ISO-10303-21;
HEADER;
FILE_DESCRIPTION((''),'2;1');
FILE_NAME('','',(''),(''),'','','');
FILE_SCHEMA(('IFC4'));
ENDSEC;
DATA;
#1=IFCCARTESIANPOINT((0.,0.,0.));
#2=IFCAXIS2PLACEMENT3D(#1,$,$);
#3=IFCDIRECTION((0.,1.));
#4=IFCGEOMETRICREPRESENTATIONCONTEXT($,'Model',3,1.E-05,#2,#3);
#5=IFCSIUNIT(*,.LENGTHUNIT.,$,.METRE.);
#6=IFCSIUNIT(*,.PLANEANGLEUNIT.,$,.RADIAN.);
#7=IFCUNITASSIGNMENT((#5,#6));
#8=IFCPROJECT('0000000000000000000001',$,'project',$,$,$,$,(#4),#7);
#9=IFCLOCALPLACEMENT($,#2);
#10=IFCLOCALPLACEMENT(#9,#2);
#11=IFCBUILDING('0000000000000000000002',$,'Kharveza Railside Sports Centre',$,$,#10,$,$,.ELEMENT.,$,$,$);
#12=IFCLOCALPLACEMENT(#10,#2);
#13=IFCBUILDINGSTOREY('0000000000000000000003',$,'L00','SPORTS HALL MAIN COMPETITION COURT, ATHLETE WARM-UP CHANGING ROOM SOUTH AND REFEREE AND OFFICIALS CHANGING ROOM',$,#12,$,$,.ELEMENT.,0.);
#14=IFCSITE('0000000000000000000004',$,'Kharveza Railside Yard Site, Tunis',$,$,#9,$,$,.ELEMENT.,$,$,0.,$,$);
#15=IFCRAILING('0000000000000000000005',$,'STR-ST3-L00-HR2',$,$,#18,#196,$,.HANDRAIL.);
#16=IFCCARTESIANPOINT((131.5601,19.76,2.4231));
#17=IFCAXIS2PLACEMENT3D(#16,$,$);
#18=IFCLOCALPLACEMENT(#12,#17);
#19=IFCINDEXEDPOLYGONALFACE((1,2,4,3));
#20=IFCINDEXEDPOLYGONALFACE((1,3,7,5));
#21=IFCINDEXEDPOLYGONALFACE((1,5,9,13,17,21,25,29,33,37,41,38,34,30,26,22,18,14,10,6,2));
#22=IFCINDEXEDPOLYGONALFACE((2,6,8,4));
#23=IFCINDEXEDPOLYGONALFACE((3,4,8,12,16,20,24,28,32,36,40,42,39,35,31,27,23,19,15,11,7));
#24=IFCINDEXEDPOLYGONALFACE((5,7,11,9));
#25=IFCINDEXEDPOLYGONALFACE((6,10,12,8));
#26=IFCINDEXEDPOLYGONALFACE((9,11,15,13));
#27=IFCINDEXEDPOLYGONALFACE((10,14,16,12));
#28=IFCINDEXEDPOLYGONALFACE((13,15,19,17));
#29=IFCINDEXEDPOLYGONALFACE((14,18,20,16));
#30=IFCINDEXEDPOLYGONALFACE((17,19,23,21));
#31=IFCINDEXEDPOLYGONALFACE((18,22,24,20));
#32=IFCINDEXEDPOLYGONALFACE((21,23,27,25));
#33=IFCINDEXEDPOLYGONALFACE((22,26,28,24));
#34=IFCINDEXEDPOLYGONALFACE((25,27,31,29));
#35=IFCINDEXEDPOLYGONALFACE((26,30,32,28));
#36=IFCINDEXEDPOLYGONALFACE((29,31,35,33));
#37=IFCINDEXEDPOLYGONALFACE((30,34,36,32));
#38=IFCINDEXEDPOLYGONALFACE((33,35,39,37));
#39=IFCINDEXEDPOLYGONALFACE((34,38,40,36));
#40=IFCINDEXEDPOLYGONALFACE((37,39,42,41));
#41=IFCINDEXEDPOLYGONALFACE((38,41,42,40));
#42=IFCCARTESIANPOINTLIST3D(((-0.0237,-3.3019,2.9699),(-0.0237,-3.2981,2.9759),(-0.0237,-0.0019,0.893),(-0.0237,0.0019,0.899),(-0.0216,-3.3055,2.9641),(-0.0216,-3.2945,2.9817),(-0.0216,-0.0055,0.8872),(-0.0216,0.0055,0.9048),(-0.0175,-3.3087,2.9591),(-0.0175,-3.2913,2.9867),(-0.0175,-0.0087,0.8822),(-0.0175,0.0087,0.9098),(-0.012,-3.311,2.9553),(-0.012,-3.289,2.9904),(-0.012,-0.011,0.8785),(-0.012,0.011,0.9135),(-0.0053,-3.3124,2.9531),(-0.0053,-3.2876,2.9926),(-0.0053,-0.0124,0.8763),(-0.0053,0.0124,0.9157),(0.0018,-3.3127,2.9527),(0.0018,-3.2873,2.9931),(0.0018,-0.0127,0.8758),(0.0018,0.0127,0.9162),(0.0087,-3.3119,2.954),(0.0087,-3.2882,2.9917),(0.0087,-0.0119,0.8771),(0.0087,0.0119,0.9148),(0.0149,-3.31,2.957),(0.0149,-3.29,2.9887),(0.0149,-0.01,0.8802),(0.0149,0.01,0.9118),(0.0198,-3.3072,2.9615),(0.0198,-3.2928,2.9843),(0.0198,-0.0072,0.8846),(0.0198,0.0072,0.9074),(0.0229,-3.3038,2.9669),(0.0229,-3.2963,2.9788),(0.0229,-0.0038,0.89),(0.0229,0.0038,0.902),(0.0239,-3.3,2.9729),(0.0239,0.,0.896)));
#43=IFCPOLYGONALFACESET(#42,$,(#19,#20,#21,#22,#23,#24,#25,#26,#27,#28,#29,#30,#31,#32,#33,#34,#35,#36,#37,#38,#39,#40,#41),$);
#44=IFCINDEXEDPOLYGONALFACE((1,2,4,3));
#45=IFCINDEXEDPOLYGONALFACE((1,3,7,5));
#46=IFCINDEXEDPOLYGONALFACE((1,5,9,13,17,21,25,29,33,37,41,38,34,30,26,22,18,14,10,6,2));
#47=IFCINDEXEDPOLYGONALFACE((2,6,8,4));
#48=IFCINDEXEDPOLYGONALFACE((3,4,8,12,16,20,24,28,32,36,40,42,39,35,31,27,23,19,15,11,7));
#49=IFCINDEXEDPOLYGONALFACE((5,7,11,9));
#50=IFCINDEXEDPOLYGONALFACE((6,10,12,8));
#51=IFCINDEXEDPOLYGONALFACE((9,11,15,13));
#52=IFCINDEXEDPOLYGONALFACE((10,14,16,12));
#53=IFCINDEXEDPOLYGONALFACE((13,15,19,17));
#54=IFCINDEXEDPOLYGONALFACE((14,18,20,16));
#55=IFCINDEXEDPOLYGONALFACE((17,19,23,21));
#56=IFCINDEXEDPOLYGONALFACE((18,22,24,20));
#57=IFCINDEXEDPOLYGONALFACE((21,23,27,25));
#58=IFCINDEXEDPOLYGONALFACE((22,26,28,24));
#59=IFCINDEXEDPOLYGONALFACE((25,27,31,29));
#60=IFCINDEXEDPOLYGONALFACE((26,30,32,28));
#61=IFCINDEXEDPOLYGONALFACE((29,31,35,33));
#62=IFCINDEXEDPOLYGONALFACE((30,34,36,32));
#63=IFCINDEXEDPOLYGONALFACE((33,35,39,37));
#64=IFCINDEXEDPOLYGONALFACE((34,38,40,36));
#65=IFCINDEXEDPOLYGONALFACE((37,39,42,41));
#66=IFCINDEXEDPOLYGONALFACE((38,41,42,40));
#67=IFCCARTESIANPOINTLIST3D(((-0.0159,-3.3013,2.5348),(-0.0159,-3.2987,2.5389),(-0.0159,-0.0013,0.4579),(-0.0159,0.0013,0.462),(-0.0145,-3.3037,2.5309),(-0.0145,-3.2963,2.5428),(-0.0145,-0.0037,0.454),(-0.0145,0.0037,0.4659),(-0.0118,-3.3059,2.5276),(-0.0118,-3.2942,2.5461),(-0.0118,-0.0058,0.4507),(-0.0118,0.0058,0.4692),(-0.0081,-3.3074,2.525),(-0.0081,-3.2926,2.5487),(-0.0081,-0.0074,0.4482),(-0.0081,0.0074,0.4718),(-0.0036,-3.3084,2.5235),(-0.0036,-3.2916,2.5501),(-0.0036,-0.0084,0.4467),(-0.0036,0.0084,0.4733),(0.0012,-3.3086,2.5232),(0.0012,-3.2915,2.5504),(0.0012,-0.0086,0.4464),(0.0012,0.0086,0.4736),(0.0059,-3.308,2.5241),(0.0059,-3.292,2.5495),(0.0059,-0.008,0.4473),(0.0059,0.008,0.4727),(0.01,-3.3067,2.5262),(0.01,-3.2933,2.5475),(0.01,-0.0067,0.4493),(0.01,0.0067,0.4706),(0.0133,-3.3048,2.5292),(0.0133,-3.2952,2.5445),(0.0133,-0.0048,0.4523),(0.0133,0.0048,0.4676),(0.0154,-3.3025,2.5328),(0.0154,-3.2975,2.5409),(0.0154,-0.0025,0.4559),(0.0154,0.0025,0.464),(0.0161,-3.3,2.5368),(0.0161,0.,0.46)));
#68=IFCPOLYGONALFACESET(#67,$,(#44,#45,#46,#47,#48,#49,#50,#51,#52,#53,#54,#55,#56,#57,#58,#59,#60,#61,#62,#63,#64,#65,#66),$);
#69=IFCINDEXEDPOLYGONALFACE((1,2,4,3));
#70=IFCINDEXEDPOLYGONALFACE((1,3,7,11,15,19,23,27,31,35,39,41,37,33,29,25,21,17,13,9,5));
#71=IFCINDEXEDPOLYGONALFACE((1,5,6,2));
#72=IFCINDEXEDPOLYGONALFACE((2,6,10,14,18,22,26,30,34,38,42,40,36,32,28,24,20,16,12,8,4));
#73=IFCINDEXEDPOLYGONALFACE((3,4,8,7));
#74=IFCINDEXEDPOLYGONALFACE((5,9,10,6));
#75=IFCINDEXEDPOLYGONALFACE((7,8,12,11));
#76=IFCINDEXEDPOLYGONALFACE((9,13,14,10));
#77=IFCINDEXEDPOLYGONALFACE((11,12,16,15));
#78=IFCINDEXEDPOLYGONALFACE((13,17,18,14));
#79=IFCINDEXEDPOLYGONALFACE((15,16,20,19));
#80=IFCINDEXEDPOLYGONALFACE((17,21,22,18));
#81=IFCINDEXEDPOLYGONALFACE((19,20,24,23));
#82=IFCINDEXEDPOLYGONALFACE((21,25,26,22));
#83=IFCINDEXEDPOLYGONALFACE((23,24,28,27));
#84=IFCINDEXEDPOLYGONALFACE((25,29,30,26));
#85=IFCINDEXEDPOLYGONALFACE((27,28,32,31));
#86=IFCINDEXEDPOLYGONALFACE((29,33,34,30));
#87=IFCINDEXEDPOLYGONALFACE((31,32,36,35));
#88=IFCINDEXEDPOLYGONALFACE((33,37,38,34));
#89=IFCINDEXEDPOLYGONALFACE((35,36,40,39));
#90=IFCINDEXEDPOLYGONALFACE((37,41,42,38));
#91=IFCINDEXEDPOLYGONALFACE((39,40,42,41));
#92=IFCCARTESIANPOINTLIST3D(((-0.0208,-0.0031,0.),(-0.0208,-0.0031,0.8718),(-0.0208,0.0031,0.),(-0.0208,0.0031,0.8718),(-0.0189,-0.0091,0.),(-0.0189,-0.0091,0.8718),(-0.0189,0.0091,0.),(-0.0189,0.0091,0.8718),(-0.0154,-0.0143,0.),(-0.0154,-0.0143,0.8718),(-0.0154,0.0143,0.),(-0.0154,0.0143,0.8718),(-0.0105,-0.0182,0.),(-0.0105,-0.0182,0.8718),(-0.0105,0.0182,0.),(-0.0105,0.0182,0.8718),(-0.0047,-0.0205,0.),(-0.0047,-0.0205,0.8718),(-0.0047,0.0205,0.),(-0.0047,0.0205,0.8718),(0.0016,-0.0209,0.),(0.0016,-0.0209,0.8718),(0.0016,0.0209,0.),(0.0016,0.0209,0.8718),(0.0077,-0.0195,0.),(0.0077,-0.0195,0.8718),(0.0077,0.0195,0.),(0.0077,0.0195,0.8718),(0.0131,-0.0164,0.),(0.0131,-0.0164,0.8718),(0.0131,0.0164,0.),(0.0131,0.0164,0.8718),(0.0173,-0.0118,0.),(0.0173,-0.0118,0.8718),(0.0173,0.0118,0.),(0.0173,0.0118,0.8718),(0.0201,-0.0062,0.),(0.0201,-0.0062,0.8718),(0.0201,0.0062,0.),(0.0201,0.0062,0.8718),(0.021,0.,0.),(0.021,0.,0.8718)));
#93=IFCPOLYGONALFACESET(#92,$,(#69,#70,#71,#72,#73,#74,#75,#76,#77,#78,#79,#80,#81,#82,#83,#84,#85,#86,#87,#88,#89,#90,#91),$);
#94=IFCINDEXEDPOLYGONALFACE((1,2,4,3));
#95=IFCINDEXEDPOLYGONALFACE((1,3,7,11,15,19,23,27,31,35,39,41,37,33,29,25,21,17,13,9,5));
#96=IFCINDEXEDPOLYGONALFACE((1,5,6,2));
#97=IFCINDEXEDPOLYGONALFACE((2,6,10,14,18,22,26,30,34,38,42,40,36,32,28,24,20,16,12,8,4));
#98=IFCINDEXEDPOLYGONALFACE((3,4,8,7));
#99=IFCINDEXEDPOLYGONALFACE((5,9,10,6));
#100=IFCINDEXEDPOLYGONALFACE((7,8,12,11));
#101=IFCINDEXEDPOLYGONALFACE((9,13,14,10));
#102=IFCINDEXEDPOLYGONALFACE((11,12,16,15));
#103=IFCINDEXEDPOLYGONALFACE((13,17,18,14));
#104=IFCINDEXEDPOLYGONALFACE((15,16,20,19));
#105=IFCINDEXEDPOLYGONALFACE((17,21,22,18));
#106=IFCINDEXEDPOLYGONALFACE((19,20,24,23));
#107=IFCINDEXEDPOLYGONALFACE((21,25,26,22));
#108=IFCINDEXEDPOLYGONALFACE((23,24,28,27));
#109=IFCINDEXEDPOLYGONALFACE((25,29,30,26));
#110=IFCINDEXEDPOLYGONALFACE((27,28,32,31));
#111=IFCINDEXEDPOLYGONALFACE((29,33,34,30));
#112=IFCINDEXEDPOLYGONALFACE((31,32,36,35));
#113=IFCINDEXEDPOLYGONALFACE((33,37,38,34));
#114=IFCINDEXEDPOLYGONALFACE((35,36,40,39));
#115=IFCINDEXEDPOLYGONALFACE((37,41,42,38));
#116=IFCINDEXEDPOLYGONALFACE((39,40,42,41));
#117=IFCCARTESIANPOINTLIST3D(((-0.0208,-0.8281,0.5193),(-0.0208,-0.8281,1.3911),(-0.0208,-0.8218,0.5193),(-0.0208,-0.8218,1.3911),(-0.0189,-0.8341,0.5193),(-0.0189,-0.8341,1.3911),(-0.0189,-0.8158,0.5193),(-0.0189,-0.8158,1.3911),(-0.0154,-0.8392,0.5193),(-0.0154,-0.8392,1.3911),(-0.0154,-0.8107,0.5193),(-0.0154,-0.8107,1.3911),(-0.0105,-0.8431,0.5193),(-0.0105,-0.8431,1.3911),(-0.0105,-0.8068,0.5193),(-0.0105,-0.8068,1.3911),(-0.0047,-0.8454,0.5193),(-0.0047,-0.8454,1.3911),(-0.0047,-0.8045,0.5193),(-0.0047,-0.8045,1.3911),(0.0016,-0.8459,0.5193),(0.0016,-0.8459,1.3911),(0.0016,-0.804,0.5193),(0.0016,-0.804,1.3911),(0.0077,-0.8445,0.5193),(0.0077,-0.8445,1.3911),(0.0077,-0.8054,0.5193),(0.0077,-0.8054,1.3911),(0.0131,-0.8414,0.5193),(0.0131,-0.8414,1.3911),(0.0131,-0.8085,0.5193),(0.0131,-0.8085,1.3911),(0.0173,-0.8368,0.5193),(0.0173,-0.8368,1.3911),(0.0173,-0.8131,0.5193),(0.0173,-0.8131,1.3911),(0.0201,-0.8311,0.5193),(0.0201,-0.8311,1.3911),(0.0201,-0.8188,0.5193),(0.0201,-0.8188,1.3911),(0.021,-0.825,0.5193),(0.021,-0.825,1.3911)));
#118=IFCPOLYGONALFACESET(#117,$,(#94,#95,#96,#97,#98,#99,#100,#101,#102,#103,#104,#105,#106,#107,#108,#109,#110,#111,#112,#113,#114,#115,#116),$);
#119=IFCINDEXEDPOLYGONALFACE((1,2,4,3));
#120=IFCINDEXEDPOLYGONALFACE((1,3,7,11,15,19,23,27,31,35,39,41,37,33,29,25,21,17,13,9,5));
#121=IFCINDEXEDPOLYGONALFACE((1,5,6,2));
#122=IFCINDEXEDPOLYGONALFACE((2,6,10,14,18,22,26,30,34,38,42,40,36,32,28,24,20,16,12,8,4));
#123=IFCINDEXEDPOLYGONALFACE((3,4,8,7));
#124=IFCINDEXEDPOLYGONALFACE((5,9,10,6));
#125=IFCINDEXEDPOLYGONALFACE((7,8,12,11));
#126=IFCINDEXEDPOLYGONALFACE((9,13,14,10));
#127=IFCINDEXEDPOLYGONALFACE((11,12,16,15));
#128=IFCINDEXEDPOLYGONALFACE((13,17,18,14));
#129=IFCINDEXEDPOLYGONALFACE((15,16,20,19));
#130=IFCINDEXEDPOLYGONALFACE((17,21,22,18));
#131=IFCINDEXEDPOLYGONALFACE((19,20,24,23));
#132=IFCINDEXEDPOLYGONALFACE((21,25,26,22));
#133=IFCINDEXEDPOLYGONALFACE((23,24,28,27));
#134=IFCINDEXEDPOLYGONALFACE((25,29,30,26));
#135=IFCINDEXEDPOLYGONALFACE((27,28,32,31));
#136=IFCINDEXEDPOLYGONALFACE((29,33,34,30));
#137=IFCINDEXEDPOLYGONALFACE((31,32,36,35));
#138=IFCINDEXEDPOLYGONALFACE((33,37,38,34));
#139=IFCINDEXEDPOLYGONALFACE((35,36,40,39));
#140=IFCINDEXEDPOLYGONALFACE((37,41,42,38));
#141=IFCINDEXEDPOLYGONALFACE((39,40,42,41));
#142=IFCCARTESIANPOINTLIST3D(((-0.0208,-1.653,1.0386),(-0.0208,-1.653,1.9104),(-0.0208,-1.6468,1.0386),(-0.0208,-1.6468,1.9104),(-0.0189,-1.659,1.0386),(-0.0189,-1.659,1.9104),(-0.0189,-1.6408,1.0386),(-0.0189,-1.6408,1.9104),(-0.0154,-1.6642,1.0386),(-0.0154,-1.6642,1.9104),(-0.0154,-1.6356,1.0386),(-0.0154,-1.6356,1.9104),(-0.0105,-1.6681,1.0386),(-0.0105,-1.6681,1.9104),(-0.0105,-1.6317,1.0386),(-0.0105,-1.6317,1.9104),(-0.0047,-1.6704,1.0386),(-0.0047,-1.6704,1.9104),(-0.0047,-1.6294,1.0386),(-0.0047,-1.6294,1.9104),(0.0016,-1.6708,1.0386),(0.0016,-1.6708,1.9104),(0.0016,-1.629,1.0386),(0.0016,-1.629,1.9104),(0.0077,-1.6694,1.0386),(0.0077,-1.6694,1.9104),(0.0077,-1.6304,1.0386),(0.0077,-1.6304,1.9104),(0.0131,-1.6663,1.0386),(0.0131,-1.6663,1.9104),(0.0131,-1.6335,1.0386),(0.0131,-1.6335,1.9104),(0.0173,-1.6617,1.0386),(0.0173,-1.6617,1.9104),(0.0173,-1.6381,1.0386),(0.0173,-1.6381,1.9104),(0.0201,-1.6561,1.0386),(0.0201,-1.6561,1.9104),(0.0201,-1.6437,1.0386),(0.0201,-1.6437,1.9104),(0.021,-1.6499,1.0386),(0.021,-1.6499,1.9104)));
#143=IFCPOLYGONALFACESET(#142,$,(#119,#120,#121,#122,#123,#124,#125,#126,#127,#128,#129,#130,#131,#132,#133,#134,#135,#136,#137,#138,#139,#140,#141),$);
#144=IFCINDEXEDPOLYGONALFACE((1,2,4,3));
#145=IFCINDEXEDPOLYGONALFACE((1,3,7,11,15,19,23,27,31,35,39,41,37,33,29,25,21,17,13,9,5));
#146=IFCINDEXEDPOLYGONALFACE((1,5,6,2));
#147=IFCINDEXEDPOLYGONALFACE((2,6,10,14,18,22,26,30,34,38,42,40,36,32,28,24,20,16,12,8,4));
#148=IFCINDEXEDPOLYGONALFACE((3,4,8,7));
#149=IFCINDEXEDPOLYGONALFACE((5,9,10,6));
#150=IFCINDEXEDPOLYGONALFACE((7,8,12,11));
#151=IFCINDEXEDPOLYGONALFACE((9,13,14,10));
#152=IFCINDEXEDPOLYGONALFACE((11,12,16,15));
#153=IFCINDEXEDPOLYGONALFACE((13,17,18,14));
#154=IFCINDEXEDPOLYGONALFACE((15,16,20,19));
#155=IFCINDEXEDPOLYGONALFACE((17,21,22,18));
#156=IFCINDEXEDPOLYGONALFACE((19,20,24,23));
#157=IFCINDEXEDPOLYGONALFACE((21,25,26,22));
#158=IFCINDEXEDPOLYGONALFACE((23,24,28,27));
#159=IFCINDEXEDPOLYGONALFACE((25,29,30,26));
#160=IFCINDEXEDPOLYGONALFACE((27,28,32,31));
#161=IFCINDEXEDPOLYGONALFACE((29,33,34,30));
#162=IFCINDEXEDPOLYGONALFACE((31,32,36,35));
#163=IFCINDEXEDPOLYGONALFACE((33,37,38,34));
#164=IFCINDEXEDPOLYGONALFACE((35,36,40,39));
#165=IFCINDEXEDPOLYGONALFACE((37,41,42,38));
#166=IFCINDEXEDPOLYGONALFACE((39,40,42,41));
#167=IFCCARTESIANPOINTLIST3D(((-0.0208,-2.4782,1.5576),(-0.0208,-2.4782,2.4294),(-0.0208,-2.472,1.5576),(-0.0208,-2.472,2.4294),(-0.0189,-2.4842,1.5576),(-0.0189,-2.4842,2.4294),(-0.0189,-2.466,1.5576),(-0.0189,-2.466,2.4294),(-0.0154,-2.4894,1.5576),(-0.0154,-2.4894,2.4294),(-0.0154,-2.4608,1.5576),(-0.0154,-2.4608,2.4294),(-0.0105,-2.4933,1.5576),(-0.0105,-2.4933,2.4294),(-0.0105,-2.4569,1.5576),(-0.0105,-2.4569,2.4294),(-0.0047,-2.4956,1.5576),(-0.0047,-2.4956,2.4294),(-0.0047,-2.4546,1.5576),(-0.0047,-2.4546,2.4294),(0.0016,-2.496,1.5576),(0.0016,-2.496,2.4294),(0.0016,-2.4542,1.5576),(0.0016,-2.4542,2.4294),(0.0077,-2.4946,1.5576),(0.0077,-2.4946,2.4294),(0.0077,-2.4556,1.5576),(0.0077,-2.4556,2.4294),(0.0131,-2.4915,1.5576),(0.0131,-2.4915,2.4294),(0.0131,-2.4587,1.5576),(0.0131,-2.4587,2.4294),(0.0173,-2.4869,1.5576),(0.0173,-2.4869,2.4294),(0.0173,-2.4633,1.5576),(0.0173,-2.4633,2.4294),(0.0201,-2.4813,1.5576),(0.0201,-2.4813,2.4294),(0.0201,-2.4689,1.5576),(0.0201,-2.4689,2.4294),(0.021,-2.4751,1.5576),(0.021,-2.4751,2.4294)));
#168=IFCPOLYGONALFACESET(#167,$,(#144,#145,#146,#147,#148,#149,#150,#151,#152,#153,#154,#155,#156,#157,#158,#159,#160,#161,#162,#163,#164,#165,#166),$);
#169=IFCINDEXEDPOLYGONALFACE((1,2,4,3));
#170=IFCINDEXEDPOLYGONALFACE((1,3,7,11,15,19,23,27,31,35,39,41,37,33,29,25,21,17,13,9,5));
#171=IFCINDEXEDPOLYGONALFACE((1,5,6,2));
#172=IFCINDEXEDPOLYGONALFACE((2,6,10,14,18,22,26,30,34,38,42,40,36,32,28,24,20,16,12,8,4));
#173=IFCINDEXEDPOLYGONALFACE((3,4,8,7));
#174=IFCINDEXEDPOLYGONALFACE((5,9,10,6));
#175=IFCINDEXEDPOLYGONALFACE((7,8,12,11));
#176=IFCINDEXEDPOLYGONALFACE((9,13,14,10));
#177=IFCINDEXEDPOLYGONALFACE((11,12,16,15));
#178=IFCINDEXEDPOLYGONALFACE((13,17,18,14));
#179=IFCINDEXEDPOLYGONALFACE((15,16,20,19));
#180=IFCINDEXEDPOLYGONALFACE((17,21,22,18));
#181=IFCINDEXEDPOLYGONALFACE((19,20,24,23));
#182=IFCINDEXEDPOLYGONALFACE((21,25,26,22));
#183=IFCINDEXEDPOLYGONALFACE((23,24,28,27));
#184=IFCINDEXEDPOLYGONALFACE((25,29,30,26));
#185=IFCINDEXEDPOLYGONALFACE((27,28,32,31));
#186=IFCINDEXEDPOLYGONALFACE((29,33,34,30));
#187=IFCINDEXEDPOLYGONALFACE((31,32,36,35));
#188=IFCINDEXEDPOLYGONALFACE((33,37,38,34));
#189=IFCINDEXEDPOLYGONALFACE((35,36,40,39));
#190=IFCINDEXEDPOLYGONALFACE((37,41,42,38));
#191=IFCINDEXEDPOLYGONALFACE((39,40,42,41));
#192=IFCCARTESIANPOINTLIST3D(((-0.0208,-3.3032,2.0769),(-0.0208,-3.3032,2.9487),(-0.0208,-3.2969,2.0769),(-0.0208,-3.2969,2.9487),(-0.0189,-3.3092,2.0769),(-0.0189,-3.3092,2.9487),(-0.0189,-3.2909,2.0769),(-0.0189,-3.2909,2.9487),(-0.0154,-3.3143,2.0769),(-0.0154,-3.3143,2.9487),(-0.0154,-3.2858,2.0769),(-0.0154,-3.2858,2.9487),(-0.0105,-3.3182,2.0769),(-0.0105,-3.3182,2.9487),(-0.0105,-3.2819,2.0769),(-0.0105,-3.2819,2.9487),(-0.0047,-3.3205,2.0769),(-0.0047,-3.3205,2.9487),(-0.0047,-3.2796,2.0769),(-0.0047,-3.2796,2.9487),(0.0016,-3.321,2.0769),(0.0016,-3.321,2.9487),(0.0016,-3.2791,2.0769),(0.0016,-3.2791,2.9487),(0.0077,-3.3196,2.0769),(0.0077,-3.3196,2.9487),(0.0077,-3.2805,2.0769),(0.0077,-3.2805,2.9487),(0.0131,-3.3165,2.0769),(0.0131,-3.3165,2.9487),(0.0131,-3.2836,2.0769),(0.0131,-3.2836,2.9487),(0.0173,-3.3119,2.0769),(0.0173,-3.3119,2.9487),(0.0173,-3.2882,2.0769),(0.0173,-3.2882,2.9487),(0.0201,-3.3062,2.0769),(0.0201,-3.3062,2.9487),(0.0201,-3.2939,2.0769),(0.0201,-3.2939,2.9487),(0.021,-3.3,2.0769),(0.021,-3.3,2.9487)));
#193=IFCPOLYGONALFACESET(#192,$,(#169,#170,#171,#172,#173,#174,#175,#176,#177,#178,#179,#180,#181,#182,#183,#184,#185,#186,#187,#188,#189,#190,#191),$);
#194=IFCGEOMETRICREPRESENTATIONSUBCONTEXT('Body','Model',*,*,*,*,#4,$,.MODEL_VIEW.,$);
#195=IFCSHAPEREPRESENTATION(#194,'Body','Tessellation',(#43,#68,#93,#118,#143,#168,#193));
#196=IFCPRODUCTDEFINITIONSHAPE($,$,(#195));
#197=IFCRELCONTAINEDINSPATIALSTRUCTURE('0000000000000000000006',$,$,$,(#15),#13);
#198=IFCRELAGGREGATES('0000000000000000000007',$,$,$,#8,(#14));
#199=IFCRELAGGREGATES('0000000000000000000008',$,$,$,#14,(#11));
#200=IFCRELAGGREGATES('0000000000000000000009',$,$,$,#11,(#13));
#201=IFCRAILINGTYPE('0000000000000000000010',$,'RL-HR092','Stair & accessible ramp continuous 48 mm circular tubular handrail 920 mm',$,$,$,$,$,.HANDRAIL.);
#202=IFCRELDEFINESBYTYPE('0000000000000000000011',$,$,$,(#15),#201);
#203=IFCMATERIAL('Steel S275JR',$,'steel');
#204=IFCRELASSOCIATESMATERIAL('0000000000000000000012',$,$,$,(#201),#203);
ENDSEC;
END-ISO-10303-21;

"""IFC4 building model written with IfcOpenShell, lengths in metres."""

from ifc_helpers import new_model, si_unit, direction, frame, origin, origin_2d, place, context, subcontext, project, spatial, circle, extrude, material, type_object, element, save


model = new_model("IFC4")

# Units and contexts
model_context = context("Model", 3, precision=1e-05, world=origin(), true_north=direction((0.0, 1.0)))
body_context = subcontext(model_context, "Body", "Model", "MODEL_VIEW")
ifc_project = project(units=[si_unit("LENGTHUNIT", "METRE"), si_unit("PLANEANGLEUNIT", "RADIAN")], contexts=[model_context])

# Site, building, storey
site_placement = place(None, origin())
site = spatial("IfcSite", under=ifc_project, at=site_placement, Name="Kharveza Railside Yard Site, Tunis", CompositionType="ELEMENT", RefElevation=0.0)
building_placement = place(site_placement, origin())
building = spatial("IfcBuilding", under=site, at=building_placement, Name="Kharveza Railside Sports Centre", CompositionType="ELEMENT")
storey_placement = place(building_placement, origin())
storey = spatial("IfcBuildingStorey", under=building, at=storey_placement, Name="L00", Description="SPORTS HALL MAIN COMPETITION COURT, ATHLETE WARM-UP CHANGING ROOM SOUTH AND REFEREE AND OFFICIALS CHANGING ROOM", CompositionType="ELEMENT", Elevation=0.0)

# Railing
ifc_material_1 = material(Name="Steel S275JR", Category="steel")
railing_type_1 = type_object("IfcRailingType", Name="RL-HR092", Description="Stair & accessible ramp continuous 48 mm circular tubular handrail 920 mm", PredefinedType="HANDRAIL", material=ifc_material_1)
railing_1_placement = place(storey_placement, frame((131.5601, 19.76, 2.4231)))
element("IfcRailing", 1, at=railing_1_placement, inside=storey, type_object=railing_type_1, Name="STR-ST3-L00-HR2", PredefinedType="HANDRAIL", context=body_context, shape_type="SweptSolid", body=[
    extrude(circle(Radius=0.0239, at=origin_2d()), frame((0.0, 0.0, 0.896), z_axis=(0.0, -0.846337, 0.532647), x_axis=(1.0, 0.0, 0.0)), (0.0, 0.0, 1.0), 3.8992),
    extrude(circle(Radius=0.0161, at=origin_2d()), frame((0.0, 0.0, 0.46), z_axis=(0.0, -0.846337, 0.532647), x_axis=(1.0, 0.0, 0.0)), (0.0, 0.0, 1.0), 3.8992),
    extrude(circle(Radius=0.021, at=origin_2d()), origin(), (0.0, 0.0, 1.0), 0.8718),
    extrude(circle(Radius=0.021, at=origin_2d()), frame((0.0, -0.825, 0.5193)), (0.0, 0.0, 1.0), 0.8718),
    extrude(circle(Radius=0.021, at=origin_2d()), frame((0.0, -1.6499, 1.0386)), (0.0, 0.0, 1.0), 0.8718),
    extrude(circle(Radius=0.021, at=origin_2d()), frame((0.0, -2.4751, 1.5576)), (0.0, 0.0, 1.0), 0.8718),
    extrude(circle(Radius=0.021, at=origin_2d()), frame((0.0, -3.3, 2.0769)), (0.0, 0.0, 1.0), 0.8718),
])

save(model, "model.ifc")
